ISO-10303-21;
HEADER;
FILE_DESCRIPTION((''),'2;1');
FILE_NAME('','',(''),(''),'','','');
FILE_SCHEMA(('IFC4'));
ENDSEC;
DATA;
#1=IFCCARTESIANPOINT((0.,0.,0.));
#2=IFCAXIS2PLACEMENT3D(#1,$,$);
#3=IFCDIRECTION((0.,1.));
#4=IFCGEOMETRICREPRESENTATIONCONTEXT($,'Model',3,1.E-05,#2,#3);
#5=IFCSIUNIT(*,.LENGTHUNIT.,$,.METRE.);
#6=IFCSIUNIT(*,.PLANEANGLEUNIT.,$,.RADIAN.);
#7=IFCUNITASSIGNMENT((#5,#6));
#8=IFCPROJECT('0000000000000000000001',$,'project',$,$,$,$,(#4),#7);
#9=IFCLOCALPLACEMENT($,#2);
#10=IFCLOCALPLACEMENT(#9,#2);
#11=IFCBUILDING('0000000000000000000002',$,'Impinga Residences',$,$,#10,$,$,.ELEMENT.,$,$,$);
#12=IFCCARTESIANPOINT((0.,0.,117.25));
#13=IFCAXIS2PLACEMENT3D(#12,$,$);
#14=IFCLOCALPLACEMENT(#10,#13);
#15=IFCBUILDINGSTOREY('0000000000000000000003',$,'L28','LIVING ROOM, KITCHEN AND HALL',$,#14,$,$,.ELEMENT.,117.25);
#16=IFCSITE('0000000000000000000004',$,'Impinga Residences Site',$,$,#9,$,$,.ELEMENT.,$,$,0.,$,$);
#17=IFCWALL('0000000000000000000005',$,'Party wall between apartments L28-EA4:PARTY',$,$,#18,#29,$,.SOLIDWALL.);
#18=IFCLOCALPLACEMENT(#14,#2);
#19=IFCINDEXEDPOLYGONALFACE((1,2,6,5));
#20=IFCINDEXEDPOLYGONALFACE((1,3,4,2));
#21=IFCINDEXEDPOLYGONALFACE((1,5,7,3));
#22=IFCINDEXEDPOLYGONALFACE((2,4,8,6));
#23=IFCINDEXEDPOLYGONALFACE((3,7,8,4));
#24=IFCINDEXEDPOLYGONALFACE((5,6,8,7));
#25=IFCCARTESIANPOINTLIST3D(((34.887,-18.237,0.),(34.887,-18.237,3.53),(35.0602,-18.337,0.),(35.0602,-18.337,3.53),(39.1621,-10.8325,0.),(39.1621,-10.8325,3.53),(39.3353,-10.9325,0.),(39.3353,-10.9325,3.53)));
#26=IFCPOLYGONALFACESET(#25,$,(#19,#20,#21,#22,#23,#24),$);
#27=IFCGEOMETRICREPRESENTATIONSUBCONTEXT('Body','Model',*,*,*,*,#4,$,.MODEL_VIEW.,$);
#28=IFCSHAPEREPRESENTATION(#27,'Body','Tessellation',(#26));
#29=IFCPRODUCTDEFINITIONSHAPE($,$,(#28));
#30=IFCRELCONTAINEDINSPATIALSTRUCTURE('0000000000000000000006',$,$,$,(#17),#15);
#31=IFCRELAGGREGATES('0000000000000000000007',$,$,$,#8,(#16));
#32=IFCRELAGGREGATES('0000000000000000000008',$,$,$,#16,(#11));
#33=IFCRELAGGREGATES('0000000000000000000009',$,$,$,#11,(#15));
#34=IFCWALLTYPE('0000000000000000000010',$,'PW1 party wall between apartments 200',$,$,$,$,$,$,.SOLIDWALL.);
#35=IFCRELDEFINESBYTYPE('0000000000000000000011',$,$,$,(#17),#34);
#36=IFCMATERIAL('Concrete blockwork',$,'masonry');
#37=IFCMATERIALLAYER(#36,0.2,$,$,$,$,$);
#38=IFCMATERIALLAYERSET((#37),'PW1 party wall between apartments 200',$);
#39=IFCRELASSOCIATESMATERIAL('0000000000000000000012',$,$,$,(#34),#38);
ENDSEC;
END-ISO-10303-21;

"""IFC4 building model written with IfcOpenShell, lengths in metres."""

from ifc_helpers import new_model, si_unit, direction, frame, frame_2d, origin, place, context, subcontext, project, spatial, rectangle, extrude, material, layer, layer_set, type_object, element, save


model = new_model("IFC4")

# Units and contexts
model_context = context("Model", 3, precision=1e-05, world=origin(), true_north=direction((0.0, 1.0)))
body_context = subcontext(model_context, "Body", "Model", "MODEL_VIEW")
ifc_project = project(units=[si_unit("LENGTHUNIT", "METRE"), si_unit("PLANEANGLEUNIT", "RADIAN")], contexts=[model_context])

# Site, building, storey
site_placement = place(None, origin())
site = spatial("IfcSite", under=ifc_project, at=site_placement, Name="Impinga Residences Site", CompositionType="ELEMENT", RefElevation=0.0)
building_placement = place(site_placement, origin())
building = spatial("IfcBuilding", under=site, at=building_placement, Name="Impinga Residences", CompositionType="ELEMENT")
storey_placement = place(building_placement, frame((0.0, 0.0, 117.25)))
storey = spatial("IfcBuildingStorey", under=building, at=storey_placement, Name="L28", Description="LIVING ROOM, KITCHEN AND HALL", CompositionType="ELEMENT", Elevation=117.25)

# Wall
ifc_material_1 = material(Name="Concrete blockwork", Category="masonry")
ifc_layer_1 = layer(ifc_material_1, 0.2)
ifc_layer_set_1 = layer_set([ifc_layer_1], Name="PW1 party wall between apartments 200")
wall_type_1 = type_object("IfcWallType", Name="PW1 party wall between apartments 200", PredefinedType="SOLIDWALL", material=ifc_layer_set_1)
wall_1_placement = place(storey_placement, frame((34.9736, -18.2869, 0.0), z_axis=(0.0, 0.0, 1.0), x_axis=(0.500012, 0.866019, 0.0)))
element("IfcWall", 1, at=wall_1_placement, inside=storey, type_object=wall_type_1, Name="Party wall between apartments L28-EA4:PARTY", PredefinedType="SOLIDWALL", context=body_context, shape_type="SweptSolid", body=[
    extrude(rectangle(XDim=8.55, YDim=0.2, at=frame_2d((4.2749, 0.0))), origin(), (0.0, 0.0, 1.0), 3.53),
])

save(model, "model.ifc")
